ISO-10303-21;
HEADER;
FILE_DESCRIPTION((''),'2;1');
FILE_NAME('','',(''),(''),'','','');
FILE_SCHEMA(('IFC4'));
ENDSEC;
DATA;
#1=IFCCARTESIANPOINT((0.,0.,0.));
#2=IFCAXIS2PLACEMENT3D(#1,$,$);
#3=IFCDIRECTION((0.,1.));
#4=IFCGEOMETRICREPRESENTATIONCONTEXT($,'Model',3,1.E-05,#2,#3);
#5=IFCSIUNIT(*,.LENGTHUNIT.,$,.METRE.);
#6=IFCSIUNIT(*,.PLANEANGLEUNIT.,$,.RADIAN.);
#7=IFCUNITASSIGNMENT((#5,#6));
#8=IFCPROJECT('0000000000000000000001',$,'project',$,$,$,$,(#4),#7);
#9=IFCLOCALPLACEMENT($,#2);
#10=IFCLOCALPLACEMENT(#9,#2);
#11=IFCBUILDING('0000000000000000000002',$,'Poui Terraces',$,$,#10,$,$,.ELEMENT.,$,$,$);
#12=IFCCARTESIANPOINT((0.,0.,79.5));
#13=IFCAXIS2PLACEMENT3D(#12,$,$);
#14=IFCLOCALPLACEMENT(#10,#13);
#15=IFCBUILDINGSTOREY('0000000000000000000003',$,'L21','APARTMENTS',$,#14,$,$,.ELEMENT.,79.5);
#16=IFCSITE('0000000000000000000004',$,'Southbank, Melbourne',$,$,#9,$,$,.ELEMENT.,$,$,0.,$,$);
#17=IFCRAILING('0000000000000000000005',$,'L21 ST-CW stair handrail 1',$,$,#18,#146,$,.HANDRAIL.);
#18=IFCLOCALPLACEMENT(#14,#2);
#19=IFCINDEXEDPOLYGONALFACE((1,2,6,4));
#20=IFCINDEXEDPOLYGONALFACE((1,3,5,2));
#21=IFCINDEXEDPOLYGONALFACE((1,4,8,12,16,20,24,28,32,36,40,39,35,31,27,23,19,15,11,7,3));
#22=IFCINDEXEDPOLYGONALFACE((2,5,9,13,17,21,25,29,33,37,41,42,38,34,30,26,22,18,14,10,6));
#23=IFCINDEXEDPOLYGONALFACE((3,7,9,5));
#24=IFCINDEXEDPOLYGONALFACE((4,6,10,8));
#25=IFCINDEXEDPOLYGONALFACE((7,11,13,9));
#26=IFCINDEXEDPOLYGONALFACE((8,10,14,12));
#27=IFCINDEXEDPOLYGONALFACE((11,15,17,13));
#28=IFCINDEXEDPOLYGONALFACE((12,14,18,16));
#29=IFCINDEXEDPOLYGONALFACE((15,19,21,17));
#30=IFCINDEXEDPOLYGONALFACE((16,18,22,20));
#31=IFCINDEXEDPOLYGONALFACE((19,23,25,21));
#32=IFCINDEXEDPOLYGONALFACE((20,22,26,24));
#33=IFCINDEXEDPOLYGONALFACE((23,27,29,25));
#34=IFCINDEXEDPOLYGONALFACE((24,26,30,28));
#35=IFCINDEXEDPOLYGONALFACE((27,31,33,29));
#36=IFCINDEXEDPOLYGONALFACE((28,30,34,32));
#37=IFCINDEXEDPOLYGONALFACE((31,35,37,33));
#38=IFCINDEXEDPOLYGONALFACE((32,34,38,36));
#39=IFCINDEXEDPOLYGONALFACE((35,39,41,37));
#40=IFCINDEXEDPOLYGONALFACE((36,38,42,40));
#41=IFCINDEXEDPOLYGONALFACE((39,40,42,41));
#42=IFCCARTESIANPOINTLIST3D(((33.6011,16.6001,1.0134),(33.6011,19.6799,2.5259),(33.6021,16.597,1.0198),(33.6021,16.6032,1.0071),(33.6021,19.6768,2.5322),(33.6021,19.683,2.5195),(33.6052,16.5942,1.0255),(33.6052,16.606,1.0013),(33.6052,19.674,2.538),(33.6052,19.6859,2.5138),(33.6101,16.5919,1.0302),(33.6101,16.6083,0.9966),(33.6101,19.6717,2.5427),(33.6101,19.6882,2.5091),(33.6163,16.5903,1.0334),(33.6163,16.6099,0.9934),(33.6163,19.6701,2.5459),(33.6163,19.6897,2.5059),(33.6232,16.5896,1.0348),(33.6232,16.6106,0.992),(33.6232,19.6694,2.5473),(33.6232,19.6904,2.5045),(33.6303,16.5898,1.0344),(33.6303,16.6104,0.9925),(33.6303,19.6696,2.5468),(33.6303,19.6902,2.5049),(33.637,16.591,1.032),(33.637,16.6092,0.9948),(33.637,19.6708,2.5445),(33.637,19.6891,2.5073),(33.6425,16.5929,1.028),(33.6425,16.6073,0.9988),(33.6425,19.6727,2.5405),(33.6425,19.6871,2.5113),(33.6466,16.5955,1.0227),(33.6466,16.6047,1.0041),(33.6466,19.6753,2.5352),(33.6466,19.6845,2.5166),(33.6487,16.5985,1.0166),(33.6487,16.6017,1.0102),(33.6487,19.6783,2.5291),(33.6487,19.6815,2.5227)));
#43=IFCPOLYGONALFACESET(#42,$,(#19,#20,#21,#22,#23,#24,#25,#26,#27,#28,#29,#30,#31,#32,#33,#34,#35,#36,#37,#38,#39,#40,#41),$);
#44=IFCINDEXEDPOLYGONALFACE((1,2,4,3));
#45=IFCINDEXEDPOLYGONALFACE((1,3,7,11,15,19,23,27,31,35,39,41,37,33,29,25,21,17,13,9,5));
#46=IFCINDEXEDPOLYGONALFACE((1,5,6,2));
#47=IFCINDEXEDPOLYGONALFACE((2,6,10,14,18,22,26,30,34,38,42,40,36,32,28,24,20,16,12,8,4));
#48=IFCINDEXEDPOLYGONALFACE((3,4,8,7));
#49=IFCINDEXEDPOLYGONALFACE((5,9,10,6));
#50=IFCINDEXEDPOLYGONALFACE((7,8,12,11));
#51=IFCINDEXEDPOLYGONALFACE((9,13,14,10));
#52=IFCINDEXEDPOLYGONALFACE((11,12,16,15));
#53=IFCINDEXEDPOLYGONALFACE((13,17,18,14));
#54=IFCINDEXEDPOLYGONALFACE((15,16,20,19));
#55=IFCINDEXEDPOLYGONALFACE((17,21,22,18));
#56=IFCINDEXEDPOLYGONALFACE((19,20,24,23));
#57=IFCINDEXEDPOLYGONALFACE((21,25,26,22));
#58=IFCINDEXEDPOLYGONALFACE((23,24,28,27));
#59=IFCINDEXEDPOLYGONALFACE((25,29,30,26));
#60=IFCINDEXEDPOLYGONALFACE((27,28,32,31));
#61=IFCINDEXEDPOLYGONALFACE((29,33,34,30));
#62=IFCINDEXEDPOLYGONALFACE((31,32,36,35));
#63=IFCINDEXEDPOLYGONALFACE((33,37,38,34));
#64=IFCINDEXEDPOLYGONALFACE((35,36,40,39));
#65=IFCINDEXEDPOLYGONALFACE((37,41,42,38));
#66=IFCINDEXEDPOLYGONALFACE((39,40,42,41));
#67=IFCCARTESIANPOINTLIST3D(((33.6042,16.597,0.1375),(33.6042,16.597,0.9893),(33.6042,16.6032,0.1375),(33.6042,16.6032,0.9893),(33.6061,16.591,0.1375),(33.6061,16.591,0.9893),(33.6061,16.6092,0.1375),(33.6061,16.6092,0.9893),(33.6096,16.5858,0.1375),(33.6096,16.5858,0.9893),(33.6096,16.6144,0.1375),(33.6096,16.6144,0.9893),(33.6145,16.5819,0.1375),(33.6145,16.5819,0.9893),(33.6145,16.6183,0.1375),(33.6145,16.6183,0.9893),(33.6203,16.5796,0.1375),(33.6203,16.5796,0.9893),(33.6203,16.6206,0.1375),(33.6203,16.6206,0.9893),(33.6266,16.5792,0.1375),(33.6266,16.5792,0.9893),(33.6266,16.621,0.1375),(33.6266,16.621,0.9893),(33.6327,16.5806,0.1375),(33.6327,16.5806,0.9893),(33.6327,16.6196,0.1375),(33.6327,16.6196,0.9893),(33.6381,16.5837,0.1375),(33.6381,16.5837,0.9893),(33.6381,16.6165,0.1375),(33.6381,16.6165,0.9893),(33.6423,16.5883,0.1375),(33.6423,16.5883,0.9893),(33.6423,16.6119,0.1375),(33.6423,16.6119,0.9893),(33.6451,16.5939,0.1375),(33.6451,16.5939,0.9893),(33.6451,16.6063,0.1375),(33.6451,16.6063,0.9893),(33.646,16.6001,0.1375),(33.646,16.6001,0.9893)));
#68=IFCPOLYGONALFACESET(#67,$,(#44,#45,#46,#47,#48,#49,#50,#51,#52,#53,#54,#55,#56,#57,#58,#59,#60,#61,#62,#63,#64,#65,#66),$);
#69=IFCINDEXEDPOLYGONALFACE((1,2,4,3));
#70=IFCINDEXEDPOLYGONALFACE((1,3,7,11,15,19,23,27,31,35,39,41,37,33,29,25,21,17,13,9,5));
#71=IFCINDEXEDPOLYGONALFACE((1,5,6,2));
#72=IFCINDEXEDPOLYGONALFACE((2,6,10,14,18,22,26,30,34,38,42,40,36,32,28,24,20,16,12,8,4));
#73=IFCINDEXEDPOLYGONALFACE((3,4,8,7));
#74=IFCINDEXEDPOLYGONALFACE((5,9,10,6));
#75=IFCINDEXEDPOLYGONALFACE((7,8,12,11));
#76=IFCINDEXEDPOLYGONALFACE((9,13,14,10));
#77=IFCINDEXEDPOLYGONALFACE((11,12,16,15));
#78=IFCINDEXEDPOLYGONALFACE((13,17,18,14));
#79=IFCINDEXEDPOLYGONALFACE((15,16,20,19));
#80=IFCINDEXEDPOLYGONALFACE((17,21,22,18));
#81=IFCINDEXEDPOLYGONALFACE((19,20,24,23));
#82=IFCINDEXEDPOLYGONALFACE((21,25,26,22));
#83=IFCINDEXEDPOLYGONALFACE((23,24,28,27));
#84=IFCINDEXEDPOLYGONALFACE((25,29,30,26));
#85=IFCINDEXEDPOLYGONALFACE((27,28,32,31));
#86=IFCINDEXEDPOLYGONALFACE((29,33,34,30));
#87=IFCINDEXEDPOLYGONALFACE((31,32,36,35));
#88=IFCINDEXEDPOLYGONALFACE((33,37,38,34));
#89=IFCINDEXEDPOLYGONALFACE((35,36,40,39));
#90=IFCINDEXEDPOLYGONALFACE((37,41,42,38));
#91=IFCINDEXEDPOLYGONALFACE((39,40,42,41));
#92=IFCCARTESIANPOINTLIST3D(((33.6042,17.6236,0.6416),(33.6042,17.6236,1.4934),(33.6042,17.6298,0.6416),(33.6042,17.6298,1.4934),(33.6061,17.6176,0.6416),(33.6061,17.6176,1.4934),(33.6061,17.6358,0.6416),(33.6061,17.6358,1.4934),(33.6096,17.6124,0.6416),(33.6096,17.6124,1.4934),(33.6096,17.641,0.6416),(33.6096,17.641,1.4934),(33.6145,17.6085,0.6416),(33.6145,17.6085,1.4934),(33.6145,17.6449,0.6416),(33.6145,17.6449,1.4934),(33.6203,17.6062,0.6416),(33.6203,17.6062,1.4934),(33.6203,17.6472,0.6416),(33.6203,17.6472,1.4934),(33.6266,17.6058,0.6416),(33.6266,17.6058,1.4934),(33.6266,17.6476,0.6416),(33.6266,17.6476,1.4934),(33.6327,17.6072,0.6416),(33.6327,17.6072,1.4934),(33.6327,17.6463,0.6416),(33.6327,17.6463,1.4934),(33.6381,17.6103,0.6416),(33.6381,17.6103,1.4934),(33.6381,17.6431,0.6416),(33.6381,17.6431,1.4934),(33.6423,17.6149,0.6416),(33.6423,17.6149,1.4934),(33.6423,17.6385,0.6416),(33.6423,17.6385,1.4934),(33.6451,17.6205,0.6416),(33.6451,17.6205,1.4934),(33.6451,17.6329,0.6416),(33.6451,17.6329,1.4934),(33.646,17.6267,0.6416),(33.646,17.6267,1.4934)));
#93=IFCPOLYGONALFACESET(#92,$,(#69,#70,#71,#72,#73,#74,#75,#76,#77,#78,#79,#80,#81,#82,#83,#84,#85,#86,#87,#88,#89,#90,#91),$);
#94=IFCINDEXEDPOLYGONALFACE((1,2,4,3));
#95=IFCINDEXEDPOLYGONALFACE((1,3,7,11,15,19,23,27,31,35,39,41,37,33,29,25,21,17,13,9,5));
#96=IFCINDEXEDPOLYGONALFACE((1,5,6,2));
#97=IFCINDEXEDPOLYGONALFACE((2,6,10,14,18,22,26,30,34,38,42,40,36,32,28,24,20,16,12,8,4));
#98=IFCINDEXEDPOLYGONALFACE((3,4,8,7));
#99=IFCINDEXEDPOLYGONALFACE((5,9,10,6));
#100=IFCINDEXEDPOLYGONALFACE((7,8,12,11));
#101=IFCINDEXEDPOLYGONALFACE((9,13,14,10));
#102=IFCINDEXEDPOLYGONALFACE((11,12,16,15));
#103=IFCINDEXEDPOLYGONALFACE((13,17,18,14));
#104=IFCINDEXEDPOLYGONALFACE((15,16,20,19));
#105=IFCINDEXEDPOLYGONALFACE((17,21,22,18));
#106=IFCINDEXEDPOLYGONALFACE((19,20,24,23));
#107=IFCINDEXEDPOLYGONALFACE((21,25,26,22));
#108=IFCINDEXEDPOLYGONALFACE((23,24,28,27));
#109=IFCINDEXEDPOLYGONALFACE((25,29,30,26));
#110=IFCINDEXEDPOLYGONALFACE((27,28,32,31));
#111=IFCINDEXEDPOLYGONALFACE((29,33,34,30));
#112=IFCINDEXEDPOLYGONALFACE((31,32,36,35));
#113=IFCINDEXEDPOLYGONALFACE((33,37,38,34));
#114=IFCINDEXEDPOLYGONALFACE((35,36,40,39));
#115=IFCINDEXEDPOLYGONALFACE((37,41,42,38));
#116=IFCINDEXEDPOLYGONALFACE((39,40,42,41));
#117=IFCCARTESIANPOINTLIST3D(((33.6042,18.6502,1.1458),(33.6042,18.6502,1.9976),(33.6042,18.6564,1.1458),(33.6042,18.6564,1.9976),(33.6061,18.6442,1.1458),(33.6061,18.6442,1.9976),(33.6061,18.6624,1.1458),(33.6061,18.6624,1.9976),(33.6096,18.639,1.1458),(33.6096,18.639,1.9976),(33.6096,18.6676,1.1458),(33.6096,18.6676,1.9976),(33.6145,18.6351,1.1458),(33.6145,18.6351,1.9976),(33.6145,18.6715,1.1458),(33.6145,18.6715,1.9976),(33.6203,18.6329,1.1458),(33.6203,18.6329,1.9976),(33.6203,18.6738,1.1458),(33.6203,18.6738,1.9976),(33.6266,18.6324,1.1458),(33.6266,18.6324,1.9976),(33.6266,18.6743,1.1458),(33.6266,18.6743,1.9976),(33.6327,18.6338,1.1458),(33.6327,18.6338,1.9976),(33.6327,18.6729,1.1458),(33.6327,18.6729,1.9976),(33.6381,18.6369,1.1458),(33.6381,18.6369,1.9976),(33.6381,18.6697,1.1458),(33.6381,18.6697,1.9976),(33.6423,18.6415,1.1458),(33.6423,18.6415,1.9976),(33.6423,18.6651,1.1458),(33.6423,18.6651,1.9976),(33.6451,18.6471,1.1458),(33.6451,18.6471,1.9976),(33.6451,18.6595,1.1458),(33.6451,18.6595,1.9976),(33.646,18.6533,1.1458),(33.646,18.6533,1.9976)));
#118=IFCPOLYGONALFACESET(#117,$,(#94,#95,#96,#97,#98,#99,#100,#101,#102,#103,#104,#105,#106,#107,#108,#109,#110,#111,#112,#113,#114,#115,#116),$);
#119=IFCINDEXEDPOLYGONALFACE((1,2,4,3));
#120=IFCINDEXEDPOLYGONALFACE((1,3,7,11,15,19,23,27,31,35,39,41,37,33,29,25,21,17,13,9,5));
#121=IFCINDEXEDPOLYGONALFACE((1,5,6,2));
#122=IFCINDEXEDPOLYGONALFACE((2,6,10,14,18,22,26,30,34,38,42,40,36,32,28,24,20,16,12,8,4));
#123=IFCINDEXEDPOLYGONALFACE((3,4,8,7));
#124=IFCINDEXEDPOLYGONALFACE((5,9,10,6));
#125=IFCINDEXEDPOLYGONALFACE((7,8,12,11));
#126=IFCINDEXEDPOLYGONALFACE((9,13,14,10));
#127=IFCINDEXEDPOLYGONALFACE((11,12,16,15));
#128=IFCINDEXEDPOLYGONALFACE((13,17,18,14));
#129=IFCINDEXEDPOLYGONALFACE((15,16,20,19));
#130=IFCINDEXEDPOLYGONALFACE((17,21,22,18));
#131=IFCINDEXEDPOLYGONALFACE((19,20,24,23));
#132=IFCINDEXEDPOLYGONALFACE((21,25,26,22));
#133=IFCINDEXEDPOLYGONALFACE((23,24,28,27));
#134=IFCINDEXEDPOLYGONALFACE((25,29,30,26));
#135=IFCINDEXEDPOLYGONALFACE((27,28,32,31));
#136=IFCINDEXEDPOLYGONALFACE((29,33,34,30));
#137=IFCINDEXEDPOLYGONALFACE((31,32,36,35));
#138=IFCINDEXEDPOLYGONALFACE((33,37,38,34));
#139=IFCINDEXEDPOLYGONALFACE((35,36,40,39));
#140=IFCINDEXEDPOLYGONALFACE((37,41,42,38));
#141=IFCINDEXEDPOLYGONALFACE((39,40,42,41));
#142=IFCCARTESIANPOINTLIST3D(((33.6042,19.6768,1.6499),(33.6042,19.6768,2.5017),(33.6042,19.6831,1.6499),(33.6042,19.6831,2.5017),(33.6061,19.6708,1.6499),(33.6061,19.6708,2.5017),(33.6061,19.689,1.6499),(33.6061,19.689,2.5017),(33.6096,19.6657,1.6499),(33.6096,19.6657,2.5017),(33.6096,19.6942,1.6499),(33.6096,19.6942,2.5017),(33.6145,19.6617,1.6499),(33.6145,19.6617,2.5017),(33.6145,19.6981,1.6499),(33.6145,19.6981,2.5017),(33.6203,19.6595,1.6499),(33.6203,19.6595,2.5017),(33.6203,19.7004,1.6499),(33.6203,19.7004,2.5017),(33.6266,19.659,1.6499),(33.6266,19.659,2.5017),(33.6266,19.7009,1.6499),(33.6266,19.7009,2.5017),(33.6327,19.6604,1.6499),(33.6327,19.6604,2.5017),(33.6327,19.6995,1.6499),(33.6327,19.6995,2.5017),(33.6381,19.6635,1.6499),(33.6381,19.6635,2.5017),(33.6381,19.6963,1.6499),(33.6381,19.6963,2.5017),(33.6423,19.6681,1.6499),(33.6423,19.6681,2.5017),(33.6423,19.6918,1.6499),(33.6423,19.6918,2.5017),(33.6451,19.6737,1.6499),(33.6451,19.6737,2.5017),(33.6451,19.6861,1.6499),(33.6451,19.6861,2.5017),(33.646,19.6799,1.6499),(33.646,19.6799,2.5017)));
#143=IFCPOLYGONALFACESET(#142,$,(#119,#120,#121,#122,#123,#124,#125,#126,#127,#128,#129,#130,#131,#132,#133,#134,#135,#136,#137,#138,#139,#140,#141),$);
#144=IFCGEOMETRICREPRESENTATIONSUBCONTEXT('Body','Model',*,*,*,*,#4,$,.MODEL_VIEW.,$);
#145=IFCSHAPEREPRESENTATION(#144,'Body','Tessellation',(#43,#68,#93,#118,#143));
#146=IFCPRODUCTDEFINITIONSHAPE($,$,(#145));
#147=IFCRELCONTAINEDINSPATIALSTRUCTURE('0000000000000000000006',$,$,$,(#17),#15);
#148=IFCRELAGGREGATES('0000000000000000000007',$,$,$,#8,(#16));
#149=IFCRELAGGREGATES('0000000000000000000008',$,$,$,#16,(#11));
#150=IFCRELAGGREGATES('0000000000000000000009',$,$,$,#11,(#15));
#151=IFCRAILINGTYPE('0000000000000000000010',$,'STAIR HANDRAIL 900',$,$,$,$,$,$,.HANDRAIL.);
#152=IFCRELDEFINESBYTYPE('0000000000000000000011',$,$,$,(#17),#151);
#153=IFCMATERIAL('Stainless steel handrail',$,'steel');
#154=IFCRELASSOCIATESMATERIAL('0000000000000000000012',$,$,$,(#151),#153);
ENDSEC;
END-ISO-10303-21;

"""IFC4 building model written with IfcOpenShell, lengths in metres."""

from ifc_helpers import new_model, si_unit, direction, frame, origin, origin_2d, place, context, subcontext, project, spatial, circle, extrude, material, type_object, element, save


model = new_model("IFC4")

# Units and contexts
model_context = context("Model", 3, precision=1e-05, world=origin(), true_north=direction((0.0, 1.0)))
body_context = subcontext(model_context, "Body", "Model", "MODEL_VIEW")
ifc_project = project(units=[si_unit("LENGTHUNIT", "METRE"), si_unit("PLANEANGLEUNIT", "RADIAN")], contexts=[model_context])

# Site, building, storey
site_placement = place(None, origin())
site = spatial("IfcSite", under=ifc_project, at=site_placement, Name="Southbank, Melbourne", CompositionType="ELEMENT", RefElevation=0.0)
building_placement = place(site_placement, origin())
building = spatial("IfcBuilding", under=site, at=building_placement, Name="Poui Terraces", CompositionType="ELEMENT")
storey_placement = place(building_placement, frame((0.0, 0.0, 79.5)))
storey = spatial("IfcBuildingStorey", under=building, at=storey_placement, Name="L21", Description="APARTMENTS", CompositionType="ELEMENT", Elevation=79.5)

# Railing
ifc_material_1 = material(Name="Stainless steel handrail", Category="steel")
railing_type_1 = type_object("IfcRailingType", Name="STAIR HANDRAIL 900", PredefinedType="HANDRAIL", material=ifc_material_1)
railing_1_placement = place(storey_placement, frame((33.625, 16.6001, 0.1375)))
element("IfcRailing", 1, at=railing_1_placement, inside=storey, type_object=railing_type_1, Name="L21 ST-CW stair handrail 1", PredefinedType="HANDRAIL", context=body_context, shape_type="SweptSolid", body=[
    extrude(circle(Radius=0.0239, at=origin_2d()), frame((0.0, 0.0, 0.876), z_axis=(0.0, 0.897606, 0.440798), x_axis=(-1.0, 0.0, 0.0)), (0.0, 0.0, 1.0), 3.4312),
    extrude(circle(Radius=0.021, at=origin_2d()), origin(), (0.0, 0.0, 1.0), 0.8518),
    extrude(circle(Radius=0.021, at=origin_2d()), frame((0.0, 1.0266, 0.5042)), (0.0, 0.0, 1.0), 0.8518),
    extrude(circle(Radius=0.021, at=origin_2d()), frame((0.0, 2.0532, 1.0083)), (0.0, 0.0, 1.0), 0.8518),
    extrude(circle(Radius=0.021, at=origin_2d()), frame((0.0, 3.0798, 1.5125)), (0.0, 0.0, 1.0), 0.8518),
])

save(model, "model.ifc")
